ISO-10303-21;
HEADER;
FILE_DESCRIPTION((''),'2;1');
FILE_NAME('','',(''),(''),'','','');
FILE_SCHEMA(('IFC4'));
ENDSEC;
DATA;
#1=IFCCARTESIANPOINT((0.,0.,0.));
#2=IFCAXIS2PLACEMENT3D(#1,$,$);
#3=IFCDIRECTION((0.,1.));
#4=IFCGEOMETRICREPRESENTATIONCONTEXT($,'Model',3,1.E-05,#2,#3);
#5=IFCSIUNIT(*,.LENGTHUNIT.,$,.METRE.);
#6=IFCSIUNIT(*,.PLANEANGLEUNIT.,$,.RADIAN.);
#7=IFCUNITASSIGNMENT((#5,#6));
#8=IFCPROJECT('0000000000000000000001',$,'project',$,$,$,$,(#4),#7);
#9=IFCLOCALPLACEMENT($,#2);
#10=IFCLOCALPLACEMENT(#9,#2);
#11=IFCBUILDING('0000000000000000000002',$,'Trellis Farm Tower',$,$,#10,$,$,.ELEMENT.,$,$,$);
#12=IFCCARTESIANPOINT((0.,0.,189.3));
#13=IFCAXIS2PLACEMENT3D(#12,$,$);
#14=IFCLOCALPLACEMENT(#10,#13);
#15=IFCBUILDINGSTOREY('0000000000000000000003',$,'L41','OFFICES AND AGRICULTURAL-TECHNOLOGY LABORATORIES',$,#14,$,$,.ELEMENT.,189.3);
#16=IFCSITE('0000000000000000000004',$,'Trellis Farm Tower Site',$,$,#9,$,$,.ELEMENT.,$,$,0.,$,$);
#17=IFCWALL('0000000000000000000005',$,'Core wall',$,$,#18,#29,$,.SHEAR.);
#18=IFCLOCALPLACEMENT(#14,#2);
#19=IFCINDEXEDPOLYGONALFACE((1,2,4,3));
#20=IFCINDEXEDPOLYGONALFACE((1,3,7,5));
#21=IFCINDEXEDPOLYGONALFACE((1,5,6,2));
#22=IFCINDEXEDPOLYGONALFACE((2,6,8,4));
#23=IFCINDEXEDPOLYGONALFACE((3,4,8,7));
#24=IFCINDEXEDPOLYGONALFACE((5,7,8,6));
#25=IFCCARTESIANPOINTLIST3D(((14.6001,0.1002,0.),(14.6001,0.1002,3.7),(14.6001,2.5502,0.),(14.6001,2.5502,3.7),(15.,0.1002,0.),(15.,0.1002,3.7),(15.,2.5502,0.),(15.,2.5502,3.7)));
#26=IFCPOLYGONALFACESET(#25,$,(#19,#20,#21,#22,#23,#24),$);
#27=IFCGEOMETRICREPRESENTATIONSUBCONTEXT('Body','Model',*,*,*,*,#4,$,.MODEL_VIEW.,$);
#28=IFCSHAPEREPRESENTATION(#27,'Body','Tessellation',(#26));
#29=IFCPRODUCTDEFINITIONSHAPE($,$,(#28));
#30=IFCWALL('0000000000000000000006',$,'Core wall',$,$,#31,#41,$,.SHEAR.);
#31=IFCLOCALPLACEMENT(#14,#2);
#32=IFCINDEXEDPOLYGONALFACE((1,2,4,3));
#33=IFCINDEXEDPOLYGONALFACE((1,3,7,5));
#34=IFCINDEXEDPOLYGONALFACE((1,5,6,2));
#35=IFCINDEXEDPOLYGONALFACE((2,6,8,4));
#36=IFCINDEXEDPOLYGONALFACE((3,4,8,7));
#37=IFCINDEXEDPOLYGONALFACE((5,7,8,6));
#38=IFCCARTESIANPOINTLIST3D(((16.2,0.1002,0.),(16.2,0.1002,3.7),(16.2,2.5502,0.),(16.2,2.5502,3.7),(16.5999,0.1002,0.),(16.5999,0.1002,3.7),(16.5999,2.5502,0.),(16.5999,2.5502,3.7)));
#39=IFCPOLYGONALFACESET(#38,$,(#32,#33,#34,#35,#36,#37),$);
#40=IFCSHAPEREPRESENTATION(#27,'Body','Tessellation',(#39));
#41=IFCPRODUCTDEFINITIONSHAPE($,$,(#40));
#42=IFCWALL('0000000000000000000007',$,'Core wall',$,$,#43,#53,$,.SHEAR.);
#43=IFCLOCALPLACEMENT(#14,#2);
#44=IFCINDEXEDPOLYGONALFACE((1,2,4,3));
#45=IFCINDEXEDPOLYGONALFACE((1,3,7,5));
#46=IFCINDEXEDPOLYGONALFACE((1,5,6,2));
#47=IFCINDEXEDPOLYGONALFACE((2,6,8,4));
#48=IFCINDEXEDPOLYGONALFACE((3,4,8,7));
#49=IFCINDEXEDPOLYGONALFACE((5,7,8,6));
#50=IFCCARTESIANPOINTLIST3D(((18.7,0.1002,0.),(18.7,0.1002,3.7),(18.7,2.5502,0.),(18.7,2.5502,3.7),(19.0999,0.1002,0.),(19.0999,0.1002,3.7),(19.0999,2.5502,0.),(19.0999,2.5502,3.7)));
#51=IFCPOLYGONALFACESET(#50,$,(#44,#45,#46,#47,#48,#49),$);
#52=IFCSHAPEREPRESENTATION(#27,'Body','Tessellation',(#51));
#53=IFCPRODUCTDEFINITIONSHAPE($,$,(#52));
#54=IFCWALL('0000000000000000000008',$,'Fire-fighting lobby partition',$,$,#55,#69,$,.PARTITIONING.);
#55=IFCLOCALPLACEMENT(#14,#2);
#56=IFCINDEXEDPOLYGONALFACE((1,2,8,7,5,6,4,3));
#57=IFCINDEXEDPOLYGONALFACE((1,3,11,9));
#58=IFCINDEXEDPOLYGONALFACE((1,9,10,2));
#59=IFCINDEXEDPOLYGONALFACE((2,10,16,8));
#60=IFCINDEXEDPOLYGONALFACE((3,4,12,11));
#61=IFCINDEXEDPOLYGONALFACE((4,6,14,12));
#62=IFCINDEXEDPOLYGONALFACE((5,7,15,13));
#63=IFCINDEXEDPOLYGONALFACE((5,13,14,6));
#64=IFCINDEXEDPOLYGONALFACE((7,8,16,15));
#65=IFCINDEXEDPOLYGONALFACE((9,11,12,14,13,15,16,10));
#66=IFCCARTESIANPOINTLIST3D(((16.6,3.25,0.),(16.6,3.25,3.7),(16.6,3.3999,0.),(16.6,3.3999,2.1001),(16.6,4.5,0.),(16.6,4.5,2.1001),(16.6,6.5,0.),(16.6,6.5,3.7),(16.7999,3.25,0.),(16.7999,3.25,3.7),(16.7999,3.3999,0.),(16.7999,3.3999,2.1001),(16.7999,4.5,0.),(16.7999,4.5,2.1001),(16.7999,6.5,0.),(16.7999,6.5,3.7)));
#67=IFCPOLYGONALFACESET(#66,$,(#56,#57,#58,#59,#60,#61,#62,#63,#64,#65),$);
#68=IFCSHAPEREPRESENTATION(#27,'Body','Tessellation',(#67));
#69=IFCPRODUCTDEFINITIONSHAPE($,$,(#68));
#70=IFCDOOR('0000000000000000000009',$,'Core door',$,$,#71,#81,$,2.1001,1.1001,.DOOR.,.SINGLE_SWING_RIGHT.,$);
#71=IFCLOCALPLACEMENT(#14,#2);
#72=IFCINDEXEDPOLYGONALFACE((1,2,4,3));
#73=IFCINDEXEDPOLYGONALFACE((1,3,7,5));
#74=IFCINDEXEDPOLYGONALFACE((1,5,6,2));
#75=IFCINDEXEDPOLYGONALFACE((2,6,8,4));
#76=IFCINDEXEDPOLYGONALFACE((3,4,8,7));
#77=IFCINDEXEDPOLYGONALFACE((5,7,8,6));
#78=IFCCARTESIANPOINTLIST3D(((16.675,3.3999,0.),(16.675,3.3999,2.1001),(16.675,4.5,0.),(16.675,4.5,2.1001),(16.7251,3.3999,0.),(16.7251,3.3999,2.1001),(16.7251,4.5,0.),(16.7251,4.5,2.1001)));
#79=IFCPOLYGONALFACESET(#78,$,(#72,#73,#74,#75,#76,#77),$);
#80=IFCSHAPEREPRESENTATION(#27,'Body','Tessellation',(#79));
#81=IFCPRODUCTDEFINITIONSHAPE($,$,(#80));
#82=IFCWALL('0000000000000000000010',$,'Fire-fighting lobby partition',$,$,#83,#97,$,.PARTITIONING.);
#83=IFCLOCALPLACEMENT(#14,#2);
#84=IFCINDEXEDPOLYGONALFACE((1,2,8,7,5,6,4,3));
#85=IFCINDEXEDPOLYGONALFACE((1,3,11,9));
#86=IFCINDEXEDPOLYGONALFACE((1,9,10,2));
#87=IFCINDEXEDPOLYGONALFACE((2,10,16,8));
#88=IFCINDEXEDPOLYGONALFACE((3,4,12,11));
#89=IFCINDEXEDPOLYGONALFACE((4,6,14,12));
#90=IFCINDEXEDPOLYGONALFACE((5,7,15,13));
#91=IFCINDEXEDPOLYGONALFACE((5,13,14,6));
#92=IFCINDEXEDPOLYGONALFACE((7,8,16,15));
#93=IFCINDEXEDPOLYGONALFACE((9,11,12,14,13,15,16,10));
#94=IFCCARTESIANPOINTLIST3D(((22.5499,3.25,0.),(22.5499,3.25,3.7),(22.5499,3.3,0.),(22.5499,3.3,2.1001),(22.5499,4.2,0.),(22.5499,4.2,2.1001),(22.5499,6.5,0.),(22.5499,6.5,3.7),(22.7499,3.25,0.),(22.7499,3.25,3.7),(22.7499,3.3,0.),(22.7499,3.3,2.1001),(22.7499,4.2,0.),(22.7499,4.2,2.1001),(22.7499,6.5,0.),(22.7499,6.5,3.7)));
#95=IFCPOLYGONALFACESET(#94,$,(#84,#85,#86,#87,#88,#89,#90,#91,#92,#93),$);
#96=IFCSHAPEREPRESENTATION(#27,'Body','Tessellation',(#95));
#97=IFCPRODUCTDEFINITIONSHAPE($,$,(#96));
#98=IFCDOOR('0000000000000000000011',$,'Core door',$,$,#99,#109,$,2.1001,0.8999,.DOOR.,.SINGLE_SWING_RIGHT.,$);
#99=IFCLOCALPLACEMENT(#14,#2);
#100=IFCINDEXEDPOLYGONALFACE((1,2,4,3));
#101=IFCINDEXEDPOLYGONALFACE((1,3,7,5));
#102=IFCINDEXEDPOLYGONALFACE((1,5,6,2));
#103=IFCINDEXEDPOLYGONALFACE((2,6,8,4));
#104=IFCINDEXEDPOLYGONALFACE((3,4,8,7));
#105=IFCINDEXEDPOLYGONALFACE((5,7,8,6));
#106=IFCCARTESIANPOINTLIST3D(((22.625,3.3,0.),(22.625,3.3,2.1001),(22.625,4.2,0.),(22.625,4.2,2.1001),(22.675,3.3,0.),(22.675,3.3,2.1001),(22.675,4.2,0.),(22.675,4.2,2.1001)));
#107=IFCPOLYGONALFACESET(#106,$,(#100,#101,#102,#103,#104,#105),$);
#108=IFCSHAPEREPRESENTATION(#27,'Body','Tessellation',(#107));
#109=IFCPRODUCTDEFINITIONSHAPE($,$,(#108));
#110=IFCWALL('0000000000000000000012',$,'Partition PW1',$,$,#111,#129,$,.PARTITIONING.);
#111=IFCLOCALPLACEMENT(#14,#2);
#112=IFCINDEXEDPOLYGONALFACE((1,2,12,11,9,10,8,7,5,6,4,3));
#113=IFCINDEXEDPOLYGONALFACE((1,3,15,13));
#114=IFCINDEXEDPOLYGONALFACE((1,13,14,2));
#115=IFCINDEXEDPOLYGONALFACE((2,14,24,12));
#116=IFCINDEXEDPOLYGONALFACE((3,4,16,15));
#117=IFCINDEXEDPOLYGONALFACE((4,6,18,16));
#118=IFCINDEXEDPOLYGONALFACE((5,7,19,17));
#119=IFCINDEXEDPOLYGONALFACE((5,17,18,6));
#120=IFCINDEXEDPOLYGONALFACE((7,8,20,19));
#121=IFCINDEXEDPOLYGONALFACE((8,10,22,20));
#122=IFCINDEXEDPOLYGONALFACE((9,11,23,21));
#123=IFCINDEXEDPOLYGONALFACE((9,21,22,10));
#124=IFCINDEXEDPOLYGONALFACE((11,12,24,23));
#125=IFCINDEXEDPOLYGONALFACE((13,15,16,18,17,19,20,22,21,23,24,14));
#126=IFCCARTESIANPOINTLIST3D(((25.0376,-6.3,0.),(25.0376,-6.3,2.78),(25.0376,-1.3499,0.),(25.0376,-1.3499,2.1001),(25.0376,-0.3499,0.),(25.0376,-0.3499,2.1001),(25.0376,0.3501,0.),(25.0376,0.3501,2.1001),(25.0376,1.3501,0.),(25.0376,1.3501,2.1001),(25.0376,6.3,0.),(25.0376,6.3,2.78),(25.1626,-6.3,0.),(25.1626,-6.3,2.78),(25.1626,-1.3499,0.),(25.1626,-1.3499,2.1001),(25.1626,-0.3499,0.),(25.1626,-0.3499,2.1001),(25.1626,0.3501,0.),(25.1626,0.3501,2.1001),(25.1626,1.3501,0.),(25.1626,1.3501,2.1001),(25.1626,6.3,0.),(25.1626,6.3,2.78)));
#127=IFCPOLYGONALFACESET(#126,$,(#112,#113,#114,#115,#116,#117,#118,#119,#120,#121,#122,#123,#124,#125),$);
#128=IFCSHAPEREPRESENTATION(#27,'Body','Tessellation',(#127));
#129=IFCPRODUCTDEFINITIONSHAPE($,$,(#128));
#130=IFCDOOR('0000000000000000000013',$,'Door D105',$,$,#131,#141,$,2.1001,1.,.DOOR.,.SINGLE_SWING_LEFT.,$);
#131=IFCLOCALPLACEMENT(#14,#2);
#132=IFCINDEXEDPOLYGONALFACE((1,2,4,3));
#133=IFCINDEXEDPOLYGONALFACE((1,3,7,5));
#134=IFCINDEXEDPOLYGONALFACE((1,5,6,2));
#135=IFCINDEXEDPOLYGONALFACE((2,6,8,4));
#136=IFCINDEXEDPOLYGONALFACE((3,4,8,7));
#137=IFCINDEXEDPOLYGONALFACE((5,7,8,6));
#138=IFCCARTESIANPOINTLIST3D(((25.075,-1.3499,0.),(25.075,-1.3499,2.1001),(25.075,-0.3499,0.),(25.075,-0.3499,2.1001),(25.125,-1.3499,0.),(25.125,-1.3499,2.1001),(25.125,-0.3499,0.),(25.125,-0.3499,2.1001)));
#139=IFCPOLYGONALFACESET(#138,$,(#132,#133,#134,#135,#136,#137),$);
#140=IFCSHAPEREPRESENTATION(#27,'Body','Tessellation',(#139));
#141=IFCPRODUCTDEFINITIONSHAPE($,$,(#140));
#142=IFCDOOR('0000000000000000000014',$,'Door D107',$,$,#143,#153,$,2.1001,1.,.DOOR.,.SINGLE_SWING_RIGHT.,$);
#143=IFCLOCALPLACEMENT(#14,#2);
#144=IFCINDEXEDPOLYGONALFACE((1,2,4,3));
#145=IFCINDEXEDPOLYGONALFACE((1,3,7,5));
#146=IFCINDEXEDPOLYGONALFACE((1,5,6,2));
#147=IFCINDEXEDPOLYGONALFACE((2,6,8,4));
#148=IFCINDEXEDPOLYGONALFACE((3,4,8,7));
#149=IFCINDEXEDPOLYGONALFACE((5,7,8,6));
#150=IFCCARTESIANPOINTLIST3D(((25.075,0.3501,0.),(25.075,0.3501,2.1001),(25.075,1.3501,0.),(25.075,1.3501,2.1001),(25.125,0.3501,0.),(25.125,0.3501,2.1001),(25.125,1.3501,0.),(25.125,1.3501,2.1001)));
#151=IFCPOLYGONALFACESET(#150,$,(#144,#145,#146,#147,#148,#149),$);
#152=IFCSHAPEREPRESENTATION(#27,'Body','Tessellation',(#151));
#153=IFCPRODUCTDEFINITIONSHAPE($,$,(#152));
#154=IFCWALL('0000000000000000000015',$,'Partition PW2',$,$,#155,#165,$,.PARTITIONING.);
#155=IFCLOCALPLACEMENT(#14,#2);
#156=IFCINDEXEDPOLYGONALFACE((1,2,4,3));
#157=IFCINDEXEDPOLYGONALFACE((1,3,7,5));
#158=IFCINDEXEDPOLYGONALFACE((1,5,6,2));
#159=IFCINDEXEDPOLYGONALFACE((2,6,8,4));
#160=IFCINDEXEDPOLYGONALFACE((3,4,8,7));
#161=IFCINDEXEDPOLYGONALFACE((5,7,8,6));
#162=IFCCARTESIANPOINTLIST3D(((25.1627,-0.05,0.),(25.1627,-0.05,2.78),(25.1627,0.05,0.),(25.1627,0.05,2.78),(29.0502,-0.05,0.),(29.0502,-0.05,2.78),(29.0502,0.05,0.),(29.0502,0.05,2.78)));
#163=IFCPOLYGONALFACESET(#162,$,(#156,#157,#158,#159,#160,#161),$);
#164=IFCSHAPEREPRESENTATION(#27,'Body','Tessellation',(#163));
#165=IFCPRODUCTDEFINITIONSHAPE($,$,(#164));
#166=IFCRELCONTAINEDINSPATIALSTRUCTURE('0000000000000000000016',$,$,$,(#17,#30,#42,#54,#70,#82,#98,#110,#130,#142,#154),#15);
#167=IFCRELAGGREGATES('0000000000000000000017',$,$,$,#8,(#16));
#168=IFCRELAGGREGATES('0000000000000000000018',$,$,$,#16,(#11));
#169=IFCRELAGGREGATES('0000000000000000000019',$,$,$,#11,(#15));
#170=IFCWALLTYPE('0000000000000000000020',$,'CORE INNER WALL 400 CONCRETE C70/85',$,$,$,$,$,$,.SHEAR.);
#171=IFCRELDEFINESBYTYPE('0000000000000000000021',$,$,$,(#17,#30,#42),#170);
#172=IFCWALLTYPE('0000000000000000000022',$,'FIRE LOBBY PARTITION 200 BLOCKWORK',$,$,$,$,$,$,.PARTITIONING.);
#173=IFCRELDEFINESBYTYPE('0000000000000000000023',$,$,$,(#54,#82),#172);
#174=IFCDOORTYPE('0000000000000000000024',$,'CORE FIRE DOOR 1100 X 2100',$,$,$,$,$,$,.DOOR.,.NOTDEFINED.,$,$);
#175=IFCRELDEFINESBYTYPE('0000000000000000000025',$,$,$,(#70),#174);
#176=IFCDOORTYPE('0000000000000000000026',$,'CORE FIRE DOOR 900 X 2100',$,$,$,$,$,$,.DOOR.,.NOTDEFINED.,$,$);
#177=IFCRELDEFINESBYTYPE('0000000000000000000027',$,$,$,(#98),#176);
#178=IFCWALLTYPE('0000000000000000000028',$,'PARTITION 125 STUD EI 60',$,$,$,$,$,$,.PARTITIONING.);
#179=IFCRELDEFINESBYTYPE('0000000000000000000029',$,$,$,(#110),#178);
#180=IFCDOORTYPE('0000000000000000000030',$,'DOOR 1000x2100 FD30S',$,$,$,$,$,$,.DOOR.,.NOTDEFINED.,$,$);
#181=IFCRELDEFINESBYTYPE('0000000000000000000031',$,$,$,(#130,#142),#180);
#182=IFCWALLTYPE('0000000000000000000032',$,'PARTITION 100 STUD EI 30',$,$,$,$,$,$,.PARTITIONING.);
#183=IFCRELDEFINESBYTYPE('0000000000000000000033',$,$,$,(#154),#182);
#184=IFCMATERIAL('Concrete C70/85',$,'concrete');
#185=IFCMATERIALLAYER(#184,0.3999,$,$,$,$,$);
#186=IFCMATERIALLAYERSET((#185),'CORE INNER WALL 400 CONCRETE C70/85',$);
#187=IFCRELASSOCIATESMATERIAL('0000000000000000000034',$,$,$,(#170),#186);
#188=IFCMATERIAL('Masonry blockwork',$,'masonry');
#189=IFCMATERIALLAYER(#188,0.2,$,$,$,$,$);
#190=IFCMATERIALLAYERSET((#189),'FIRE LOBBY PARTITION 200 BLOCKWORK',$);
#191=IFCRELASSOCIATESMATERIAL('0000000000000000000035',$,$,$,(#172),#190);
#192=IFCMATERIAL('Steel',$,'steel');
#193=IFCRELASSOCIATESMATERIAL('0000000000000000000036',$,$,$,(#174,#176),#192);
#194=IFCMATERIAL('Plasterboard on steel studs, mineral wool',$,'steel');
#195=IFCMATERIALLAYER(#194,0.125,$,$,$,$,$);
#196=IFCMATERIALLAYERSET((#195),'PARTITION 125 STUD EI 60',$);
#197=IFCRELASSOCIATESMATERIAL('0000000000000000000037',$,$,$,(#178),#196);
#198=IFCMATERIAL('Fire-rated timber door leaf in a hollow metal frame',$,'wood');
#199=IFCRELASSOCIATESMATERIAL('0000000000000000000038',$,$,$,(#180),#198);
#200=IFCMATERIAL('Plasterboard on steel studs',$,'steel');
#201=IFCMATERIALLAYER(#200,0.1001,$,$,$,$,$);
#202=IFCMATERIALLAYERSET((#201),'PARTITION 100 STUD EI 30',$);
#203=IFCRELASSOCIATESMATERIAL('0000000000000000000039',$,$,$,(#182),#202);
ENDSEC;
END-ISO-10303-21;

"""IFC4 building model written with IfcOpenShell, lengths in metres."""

from ifc_helpers import new_model, si_unit, direction, frame, frame_2d, origin, place, context, subcontext, project, spatial, rectangle, extrude, source, transform, mapped, material, layer, layer_set, type_object, element, fill, save


model = new_model("IFC4")

# Units and contexts
model_context = context("Model", 3, precision=1e-05, world=origin(), true_north=direction((0.0, 1.0)))
body_context = subcontext(model_context, "Body", "Model", "MODEL_VIEW")
ifc_project = project(units=[si_unit("LENGTHUNIT", "METRE"), si_unit("PLANEANGLEUNIT", "RADIAN")], contexts=[model_context])

# Site, building, storey
site_placement = place(None, origin())
site = spatial("IfcSite", under=ifc_project, at=site_placement, Name="Trellis Farm Tower Site", CompositionType="ELEMENT", RefElevation=0.0)
building_placement = place(site_placement, origin())
building = spatial("IfcBuilding", under=site, at=building_placement, Name="Trellis Farm Tower", CompositionType="ELEMENT")
storey_placement = place(building_placement, frame((0.0, 0.0, 189.3)))
storey = spatial("IfcBuildingStorey", under=building, at=storey_placement, Name="L41", Description="OFFICES AND AGRICULTURAL-TECHNOLOGY LABORATORIES", CompositionType="ELEMENT", Elevation=189.3)

# Shared definitions
ifc_material_1 = material(Name="Concrete C70/85", Category="concrete")

# Walls
ifc_layer_1 = layer(ifc_material_1, 0.3999)
ifc_layer_set_1 = layer_set([ifc_layer_1], Name="CORE INNER WALL 400 CONCRETE C70/85")
wall_type_1 = type_object("IfcWallType", Name="CORE INNER WALL 400 CONCRETE C70/85", PredefinedType="SHEAR", material=ifc_layer_set_1)
shared_shape_1 = source(origin(), body_context, "Body", "SweptSolid", [
    extrude(rectangle(XDim=2.45, YDim=0.3999, at=frame_2d((1.2251, 0.0))), origin(), (0.0, 0.0, 1.0), 3.7),
])
for number, where, z_axis, x_axis, name in (
    (1, (14.8, 0.1001, 0.0), (0.0, 0.0, 1.0), (0.0, 1.0, 0.0), "Core wall"),
    (2, (16.3999, 0.1001, 0.0), (0.0, 0.0, 1.0), (0.0, 1.0, 0.0), "Core wall"),
    (3, (18.8999, 0.1001, 0.0), (0.0, 0.0, 1.0), (0.0, 1.0, 0.0), "Core wall"),
):
    element("IfcWall", number, at=place(storey_placement, frame(where, z_axis=z_axis, x_axis=x_axis)), inside=storey, type_object=wall_type_1, Name=name, PredefinedType="SHEAR", context=body_context, shape_type="MappedRepresentation", body=[
        mapped(shared_shape_1, transform((0.0, 0.0, 0.0))),
    ])

# Walls, openings, doors
ifc_material_2 = material(Name="Masonry blockwork", Category="masonry")
ifc_layer_2 = layer(ifc_material_2, 0.2)
ifc_layer_set_2 = layer_set([ifc_layer_2], Name="FIRE LOBBY PARTITION 200 BLOCKWORK")
wall_type_2 = type_object("IfcWallType", Name="FIRE LOBBY PARTITION 200 BLOCKWORK", PredefinedType="PARTITIONING", material=ifc_layer_set_2)
shared_shape_2 = source(origin(), body_context, "Body", "SweptSolid", [
    extrude(rectangle(XDim=3.25, YDim=0.2, at=frame_2d((1.625, 0.0))), origin(), (0.0, 0.0, 1.0), 3.7),
])
wall_1_placement = place(storey_placement, frame((16.7, 3.25, 0.0), z_axis=(0.0, 0.0, 1.0), x_axis=(0.0, 1.0, 0.0)))
wall_1 = element("IfcWall", 4, at=wall_1_placement, inside=storey, type_object=wall_type_2, Name="Fire-fighting lobby partition", PredefinedType="PARTITIONING", context=body_context, shape_type="MappedRepresentation", body=[
    mapped(shared_shape_2, transform((0.0, 0.0, 0.0))),
])
shared_shape_3 = source(origin(), body_context, "Body", "SweptSolid", [
    extrude(rectangle(XDim=1.1001, YDim=2.1001, at=frame_2d((0.55, 1.05))), frame((0.0, 0.1101, 0.0), z_axis=(0.0, -1.0, 0.0), x_axis=(1.0, 0.0, 0.0)), (0.0, 0.0, 1.0), 0.2202),
])
opening_1_placement = place(wall_1_placement, frame((0.1499, 0.0, 0.0)))
opening_1 = element("IfcOpeningElement", 5, at=opening_1_placement, cuts=wall_1, PredefinedType="OPENING", context=body_context, shape_type="MappedRepresentation", body=[
    mapped(shared_shape_3, transform((0.0, 0.0, 0.0))),
])
ifc_material_3 = material(Name="Steel", Category="steel")
door_type_1 = type_object("IfcDoorType", Name="CORE FIRE DOOR 1100 X 2100", OperationType="NOTDEFINED", PredefinedType="DOOR", material=ifc_material_3)
shared_shape_4 = source(origin(), body_context, "Body", "SweptSolid", [
    extrude(rectangle(XDim=1.1001, YDim=2.1001, at=frame_2d((0.55, 1.05))), frame((0.0, 0.0249, 0.0), z_axis=(0.0, -1.0, 0.0), x_axis=(1.0, 0.0, 0.0)), (0.0, 0.0, 1.0), 0.05),
])
door_1_placement = place(opening_1_placement, origin())
door_1 = element("IfcDoor", 6, at=door_1_placement, inside=storey, type_object=door_type_1, Name="Core door", OperationType="SINGLE_SWING_RIGHT", OverallHeight=2.1001, OverallWidth=1.1001, PredefinedType="DOOR", context=body_context, shape_type="MappedRepresentation", body=[
    mapped(shared_shape_4, transform((0.0, 0.0, 0.0))),
])
fill(opening_1, door_1)
wall_2_placement = place(storey_placement, frame((22.6499, 3.25, 0.0), z_axis=(0.0, 0.0, 1.0), x_axis=(0.0, 1.0, 0.0)))
wall_2 = element("IfcWall", 7, at=wall_2_placement, inside=storey, type_object=wall_type_2, Name="Fire-fighting lobby partition", PredefinedType="PARTITIONING", context=body_context, shape_type="MappedRepresentation", body=[
    mapped(shared_shape_2, transform((0.0, 0.0, 0.0))),
])
shared_shape_5 = source(origin(), body_context, "Body", "SweptSolid", [
    extrude(rectangle(XDim=0.8999, YDim=2.1001, at=frame_2d((0.45, 1.05))), frame((0.0, 0.1101, 0.0), z_axis=(0.0, -1.0, 0.0), x_axis=(1.0, 0.0, 0.0)), (0.0, 0.0, 1.0), 0.2202),
])
opening_2_placement = place(wall_2_placement, frame((0.05, 0.0, 0.0)))
opening_2 = element("IfcOpeningElement", 8, at=opening_2_placement, cuts=wall_2, PredefinedType="OPENING", context=body_context, shape_type="MappedRepresentation", body=[
    mapped(shared_shape_5, transform((0.0, 0.0, 0.0))),
])
door_type_2 = type_object("IfcDoorType", Name="CORE FIRE DOOR 900 X 2100", OperationType="NOTDEFINED", PredefinedType="DOOR", material=ifc_material_3)
shared_shape_6 = source(origin(), body_context, "Body", "SweptSolid", [
    extrude(rectangle(XDim=0.8999, YDim=2.1001, at=frame_2d((0.45, 1.05))), frame((0.0, 0.0249, 0.0), z_axis=(0.0, -1.0, 0.0), x_axis=(1.0, 0.0, 0.0)), (0.0, 0.0, 1.0), 0.05),
])
door_2_placement = place(opening_2_placement, origin())
door_2 = element("IfcDoor", 9, at=door_2_placement, inside=storey, type_object=door_type_2, Name="Core door", OperationType="SINGLE_SWING_RIGHT", OverallHeight=2.1001, OverallWidth=0.8999, PredefinedType="DOOR", context=body_context, shape_type="MappedRepresentation", body=[
    mapped(shared_shape_6, transform((0.0, 0.0, 0.0))),
])
fill(opening_2, door_2)

# Wall, openings, doors
ifc_material_4 = material(Name="Plasterboard on steel studs, mineral wool", Category="steel")
ifc_layer_3 = layer(ifc_material_4, 0.125)
ifc_layer_set_3 = layer_set([ifc_layer_3], Name="PARTITION 125 STUD EI 60")
wall_type_3 = type_object("IfcWallType", Name="PARTITION 125 STUD EI 60", PredefinedType="PARTITIONING", material=ifc_layer_set_3)
shared_shape_7 = source(origin(), body_context, "Body", "SweptSolid", [
    extrude(rectangle(XDim=12.6001, YDim=0.125, at=frame_2d((6.3, 0.0))), origin(), (0.0, 0.0, 1.0), 2.78),
])
wall_3_placement = place(storey_placement, frame((25.1001, 6.3, 0.0), z_axis=(0.0, 0.0, 1.0), x_axis=(0.0, -1.0, 0.0)))
wall_3 = element("IfcWall", 10, at=wall_3_placement, inside=storey, type_object=wall_type_3, Name="Partition PW1", PredefinedType="PARTITIONING", context=body_context, shape_type="MappedRepresentation", body=[
    mapped(shared_shape_7, transform((0.0, 0.0, 0.0))),
])
shared_shape_8 = source(origin(), body_context, "Body", "SweptSolid", [
    extrude(rectangle(XDim=1.0, YDim=2.1001, at=frame_2d((0.5, 1.05))), frame((0.0, 0.0725, 0.0), z_axis=(0.0, -1.0, 0.0), x_axis=(1.0, 0.0, 0.0)), (0.0, 0.0, 1.0), 0.145),
])
opening_3_placement = place(wall_3_placement, frame((6.6499, 0.0, 0.0)))
opening_3 = element("IfcOpeningElement", 11, at=opening_3_placement, cuts=wall_3, PredefinedType="OPENING", context=body_context, shape_type="MappedRepresentation", body=[
    mapped(shared_shape_8, transform((0.0, 0.0, 0.0))),
])
opening_4_placement = place(wall_3_placement, frame((4.95, 0.0, 0.0)))
opening_4 = element("IfcOpeningElement", 12, at=opening_4_placement, cuts=wall_3, PredefinedType="OPENING", context=body_context, shape_type="MappedRepresentation", body=[
    mapped(shared_shape_8, transform((0.0, 0.0, 0.0))),
])
ifc_material_5 = material(Name="Fire-rated timber door leaf in a hollow metal frame", Category="wood")
door_type_3 = type_object("IfcDoorType", Name="DOOR 1000x2100 FD30S", OperationType="NOTDEFINED", PredefinedType="DOOR", material=ifc_material_5)
shared_shape_9 = source(origin(), body_context, "Body", "SweptSolid", [
    extrude(rectangle(XDim=1.0, YDim=2.1001, at=frame_2d((0.5, 1.05))), frame((0.0, 0.0249, 0.0), z_axis=(0.0, -1.0, 0.0), x_axis=(1.0, 0.0, 0.0)), (0.0, 0.0, 1.0), 0.05),
])
door_3_placement = place(opening_3_placement, origin())
door_3 = element("IfcDoor", 13, at=door_3_placement, inside=storey, type_object=door_type_3, Name="Door D105", OperationType="SINGLE_SWING_LEFT", OverallHeight=2.1001, OverallWidth=1.0, PredefinedType="DOOR", context=body_context, shape_type="MappedRepresentation", body=[
    mapped(shared_shape_9, transform((0.0, 0.0, 0.0))),
])
fill(opening_3, door_3)
door_4_placement = place(opening_4_placement, origin())
door_4 = element("IfcDoor", 14, at=door_4_placement, inside=storey, type_object=door_type_3, Name="Door D107", OperationType="SINGLE_SWING_RIGHT", OverallHeight=2.1001, OverallWidth=1.0, PredefinedType="DOOR", context=body_context, shape_type="MappedRepresentation", body=[
    mapped(shared_shape_9, transform((0.0, 0.0, 0.0))),
])
fill(opening_4, door_4)

# Wall
ifc_material_6 = material(Name="Plasterboard on steel studs", Category="steel")
ifc_layer_4 = layer(ifc_material_6, 0.1001)
ifc_layer_set_4 = layer_set([ifc_layer_4], Name="PARTITION 100 STUD EI 30")
wall_type_4 = type_object("IfcWallType", Name="PARTITION 100 STUD EI 30", PredefinedType="PARTITIONING", material=ifc_layer_set_4)
shared_shape_10 = source(origin(), body_context, "Body", "SweptSolid", [
    extrude(rectangle(XDim=3.8875, YDim=0.1001, at=frame_2d((1.9438, 0.0))), origin(), (0.0, 0.0, 1.0), 2.78),
])
wall_4_placement = place(storey_placement, frame((25.1626, 0.0, 0.0), z_axis=(0.0, 0.0, 1.0), x_axis=(1.0, 0.0, 0.0)))
element("IfcWall", 15, at=wall_4_placement, inside=storey, type_object=wall_type_4, Name="Partition PW2", PredefinedType="PARTITIONING", context=body_context, shape_type="MappedRepresentation", body=[
    mapped(shared_shape_10, transform((0.0, 0.0, 0.0))),
])

save(model, "model.ifc")
